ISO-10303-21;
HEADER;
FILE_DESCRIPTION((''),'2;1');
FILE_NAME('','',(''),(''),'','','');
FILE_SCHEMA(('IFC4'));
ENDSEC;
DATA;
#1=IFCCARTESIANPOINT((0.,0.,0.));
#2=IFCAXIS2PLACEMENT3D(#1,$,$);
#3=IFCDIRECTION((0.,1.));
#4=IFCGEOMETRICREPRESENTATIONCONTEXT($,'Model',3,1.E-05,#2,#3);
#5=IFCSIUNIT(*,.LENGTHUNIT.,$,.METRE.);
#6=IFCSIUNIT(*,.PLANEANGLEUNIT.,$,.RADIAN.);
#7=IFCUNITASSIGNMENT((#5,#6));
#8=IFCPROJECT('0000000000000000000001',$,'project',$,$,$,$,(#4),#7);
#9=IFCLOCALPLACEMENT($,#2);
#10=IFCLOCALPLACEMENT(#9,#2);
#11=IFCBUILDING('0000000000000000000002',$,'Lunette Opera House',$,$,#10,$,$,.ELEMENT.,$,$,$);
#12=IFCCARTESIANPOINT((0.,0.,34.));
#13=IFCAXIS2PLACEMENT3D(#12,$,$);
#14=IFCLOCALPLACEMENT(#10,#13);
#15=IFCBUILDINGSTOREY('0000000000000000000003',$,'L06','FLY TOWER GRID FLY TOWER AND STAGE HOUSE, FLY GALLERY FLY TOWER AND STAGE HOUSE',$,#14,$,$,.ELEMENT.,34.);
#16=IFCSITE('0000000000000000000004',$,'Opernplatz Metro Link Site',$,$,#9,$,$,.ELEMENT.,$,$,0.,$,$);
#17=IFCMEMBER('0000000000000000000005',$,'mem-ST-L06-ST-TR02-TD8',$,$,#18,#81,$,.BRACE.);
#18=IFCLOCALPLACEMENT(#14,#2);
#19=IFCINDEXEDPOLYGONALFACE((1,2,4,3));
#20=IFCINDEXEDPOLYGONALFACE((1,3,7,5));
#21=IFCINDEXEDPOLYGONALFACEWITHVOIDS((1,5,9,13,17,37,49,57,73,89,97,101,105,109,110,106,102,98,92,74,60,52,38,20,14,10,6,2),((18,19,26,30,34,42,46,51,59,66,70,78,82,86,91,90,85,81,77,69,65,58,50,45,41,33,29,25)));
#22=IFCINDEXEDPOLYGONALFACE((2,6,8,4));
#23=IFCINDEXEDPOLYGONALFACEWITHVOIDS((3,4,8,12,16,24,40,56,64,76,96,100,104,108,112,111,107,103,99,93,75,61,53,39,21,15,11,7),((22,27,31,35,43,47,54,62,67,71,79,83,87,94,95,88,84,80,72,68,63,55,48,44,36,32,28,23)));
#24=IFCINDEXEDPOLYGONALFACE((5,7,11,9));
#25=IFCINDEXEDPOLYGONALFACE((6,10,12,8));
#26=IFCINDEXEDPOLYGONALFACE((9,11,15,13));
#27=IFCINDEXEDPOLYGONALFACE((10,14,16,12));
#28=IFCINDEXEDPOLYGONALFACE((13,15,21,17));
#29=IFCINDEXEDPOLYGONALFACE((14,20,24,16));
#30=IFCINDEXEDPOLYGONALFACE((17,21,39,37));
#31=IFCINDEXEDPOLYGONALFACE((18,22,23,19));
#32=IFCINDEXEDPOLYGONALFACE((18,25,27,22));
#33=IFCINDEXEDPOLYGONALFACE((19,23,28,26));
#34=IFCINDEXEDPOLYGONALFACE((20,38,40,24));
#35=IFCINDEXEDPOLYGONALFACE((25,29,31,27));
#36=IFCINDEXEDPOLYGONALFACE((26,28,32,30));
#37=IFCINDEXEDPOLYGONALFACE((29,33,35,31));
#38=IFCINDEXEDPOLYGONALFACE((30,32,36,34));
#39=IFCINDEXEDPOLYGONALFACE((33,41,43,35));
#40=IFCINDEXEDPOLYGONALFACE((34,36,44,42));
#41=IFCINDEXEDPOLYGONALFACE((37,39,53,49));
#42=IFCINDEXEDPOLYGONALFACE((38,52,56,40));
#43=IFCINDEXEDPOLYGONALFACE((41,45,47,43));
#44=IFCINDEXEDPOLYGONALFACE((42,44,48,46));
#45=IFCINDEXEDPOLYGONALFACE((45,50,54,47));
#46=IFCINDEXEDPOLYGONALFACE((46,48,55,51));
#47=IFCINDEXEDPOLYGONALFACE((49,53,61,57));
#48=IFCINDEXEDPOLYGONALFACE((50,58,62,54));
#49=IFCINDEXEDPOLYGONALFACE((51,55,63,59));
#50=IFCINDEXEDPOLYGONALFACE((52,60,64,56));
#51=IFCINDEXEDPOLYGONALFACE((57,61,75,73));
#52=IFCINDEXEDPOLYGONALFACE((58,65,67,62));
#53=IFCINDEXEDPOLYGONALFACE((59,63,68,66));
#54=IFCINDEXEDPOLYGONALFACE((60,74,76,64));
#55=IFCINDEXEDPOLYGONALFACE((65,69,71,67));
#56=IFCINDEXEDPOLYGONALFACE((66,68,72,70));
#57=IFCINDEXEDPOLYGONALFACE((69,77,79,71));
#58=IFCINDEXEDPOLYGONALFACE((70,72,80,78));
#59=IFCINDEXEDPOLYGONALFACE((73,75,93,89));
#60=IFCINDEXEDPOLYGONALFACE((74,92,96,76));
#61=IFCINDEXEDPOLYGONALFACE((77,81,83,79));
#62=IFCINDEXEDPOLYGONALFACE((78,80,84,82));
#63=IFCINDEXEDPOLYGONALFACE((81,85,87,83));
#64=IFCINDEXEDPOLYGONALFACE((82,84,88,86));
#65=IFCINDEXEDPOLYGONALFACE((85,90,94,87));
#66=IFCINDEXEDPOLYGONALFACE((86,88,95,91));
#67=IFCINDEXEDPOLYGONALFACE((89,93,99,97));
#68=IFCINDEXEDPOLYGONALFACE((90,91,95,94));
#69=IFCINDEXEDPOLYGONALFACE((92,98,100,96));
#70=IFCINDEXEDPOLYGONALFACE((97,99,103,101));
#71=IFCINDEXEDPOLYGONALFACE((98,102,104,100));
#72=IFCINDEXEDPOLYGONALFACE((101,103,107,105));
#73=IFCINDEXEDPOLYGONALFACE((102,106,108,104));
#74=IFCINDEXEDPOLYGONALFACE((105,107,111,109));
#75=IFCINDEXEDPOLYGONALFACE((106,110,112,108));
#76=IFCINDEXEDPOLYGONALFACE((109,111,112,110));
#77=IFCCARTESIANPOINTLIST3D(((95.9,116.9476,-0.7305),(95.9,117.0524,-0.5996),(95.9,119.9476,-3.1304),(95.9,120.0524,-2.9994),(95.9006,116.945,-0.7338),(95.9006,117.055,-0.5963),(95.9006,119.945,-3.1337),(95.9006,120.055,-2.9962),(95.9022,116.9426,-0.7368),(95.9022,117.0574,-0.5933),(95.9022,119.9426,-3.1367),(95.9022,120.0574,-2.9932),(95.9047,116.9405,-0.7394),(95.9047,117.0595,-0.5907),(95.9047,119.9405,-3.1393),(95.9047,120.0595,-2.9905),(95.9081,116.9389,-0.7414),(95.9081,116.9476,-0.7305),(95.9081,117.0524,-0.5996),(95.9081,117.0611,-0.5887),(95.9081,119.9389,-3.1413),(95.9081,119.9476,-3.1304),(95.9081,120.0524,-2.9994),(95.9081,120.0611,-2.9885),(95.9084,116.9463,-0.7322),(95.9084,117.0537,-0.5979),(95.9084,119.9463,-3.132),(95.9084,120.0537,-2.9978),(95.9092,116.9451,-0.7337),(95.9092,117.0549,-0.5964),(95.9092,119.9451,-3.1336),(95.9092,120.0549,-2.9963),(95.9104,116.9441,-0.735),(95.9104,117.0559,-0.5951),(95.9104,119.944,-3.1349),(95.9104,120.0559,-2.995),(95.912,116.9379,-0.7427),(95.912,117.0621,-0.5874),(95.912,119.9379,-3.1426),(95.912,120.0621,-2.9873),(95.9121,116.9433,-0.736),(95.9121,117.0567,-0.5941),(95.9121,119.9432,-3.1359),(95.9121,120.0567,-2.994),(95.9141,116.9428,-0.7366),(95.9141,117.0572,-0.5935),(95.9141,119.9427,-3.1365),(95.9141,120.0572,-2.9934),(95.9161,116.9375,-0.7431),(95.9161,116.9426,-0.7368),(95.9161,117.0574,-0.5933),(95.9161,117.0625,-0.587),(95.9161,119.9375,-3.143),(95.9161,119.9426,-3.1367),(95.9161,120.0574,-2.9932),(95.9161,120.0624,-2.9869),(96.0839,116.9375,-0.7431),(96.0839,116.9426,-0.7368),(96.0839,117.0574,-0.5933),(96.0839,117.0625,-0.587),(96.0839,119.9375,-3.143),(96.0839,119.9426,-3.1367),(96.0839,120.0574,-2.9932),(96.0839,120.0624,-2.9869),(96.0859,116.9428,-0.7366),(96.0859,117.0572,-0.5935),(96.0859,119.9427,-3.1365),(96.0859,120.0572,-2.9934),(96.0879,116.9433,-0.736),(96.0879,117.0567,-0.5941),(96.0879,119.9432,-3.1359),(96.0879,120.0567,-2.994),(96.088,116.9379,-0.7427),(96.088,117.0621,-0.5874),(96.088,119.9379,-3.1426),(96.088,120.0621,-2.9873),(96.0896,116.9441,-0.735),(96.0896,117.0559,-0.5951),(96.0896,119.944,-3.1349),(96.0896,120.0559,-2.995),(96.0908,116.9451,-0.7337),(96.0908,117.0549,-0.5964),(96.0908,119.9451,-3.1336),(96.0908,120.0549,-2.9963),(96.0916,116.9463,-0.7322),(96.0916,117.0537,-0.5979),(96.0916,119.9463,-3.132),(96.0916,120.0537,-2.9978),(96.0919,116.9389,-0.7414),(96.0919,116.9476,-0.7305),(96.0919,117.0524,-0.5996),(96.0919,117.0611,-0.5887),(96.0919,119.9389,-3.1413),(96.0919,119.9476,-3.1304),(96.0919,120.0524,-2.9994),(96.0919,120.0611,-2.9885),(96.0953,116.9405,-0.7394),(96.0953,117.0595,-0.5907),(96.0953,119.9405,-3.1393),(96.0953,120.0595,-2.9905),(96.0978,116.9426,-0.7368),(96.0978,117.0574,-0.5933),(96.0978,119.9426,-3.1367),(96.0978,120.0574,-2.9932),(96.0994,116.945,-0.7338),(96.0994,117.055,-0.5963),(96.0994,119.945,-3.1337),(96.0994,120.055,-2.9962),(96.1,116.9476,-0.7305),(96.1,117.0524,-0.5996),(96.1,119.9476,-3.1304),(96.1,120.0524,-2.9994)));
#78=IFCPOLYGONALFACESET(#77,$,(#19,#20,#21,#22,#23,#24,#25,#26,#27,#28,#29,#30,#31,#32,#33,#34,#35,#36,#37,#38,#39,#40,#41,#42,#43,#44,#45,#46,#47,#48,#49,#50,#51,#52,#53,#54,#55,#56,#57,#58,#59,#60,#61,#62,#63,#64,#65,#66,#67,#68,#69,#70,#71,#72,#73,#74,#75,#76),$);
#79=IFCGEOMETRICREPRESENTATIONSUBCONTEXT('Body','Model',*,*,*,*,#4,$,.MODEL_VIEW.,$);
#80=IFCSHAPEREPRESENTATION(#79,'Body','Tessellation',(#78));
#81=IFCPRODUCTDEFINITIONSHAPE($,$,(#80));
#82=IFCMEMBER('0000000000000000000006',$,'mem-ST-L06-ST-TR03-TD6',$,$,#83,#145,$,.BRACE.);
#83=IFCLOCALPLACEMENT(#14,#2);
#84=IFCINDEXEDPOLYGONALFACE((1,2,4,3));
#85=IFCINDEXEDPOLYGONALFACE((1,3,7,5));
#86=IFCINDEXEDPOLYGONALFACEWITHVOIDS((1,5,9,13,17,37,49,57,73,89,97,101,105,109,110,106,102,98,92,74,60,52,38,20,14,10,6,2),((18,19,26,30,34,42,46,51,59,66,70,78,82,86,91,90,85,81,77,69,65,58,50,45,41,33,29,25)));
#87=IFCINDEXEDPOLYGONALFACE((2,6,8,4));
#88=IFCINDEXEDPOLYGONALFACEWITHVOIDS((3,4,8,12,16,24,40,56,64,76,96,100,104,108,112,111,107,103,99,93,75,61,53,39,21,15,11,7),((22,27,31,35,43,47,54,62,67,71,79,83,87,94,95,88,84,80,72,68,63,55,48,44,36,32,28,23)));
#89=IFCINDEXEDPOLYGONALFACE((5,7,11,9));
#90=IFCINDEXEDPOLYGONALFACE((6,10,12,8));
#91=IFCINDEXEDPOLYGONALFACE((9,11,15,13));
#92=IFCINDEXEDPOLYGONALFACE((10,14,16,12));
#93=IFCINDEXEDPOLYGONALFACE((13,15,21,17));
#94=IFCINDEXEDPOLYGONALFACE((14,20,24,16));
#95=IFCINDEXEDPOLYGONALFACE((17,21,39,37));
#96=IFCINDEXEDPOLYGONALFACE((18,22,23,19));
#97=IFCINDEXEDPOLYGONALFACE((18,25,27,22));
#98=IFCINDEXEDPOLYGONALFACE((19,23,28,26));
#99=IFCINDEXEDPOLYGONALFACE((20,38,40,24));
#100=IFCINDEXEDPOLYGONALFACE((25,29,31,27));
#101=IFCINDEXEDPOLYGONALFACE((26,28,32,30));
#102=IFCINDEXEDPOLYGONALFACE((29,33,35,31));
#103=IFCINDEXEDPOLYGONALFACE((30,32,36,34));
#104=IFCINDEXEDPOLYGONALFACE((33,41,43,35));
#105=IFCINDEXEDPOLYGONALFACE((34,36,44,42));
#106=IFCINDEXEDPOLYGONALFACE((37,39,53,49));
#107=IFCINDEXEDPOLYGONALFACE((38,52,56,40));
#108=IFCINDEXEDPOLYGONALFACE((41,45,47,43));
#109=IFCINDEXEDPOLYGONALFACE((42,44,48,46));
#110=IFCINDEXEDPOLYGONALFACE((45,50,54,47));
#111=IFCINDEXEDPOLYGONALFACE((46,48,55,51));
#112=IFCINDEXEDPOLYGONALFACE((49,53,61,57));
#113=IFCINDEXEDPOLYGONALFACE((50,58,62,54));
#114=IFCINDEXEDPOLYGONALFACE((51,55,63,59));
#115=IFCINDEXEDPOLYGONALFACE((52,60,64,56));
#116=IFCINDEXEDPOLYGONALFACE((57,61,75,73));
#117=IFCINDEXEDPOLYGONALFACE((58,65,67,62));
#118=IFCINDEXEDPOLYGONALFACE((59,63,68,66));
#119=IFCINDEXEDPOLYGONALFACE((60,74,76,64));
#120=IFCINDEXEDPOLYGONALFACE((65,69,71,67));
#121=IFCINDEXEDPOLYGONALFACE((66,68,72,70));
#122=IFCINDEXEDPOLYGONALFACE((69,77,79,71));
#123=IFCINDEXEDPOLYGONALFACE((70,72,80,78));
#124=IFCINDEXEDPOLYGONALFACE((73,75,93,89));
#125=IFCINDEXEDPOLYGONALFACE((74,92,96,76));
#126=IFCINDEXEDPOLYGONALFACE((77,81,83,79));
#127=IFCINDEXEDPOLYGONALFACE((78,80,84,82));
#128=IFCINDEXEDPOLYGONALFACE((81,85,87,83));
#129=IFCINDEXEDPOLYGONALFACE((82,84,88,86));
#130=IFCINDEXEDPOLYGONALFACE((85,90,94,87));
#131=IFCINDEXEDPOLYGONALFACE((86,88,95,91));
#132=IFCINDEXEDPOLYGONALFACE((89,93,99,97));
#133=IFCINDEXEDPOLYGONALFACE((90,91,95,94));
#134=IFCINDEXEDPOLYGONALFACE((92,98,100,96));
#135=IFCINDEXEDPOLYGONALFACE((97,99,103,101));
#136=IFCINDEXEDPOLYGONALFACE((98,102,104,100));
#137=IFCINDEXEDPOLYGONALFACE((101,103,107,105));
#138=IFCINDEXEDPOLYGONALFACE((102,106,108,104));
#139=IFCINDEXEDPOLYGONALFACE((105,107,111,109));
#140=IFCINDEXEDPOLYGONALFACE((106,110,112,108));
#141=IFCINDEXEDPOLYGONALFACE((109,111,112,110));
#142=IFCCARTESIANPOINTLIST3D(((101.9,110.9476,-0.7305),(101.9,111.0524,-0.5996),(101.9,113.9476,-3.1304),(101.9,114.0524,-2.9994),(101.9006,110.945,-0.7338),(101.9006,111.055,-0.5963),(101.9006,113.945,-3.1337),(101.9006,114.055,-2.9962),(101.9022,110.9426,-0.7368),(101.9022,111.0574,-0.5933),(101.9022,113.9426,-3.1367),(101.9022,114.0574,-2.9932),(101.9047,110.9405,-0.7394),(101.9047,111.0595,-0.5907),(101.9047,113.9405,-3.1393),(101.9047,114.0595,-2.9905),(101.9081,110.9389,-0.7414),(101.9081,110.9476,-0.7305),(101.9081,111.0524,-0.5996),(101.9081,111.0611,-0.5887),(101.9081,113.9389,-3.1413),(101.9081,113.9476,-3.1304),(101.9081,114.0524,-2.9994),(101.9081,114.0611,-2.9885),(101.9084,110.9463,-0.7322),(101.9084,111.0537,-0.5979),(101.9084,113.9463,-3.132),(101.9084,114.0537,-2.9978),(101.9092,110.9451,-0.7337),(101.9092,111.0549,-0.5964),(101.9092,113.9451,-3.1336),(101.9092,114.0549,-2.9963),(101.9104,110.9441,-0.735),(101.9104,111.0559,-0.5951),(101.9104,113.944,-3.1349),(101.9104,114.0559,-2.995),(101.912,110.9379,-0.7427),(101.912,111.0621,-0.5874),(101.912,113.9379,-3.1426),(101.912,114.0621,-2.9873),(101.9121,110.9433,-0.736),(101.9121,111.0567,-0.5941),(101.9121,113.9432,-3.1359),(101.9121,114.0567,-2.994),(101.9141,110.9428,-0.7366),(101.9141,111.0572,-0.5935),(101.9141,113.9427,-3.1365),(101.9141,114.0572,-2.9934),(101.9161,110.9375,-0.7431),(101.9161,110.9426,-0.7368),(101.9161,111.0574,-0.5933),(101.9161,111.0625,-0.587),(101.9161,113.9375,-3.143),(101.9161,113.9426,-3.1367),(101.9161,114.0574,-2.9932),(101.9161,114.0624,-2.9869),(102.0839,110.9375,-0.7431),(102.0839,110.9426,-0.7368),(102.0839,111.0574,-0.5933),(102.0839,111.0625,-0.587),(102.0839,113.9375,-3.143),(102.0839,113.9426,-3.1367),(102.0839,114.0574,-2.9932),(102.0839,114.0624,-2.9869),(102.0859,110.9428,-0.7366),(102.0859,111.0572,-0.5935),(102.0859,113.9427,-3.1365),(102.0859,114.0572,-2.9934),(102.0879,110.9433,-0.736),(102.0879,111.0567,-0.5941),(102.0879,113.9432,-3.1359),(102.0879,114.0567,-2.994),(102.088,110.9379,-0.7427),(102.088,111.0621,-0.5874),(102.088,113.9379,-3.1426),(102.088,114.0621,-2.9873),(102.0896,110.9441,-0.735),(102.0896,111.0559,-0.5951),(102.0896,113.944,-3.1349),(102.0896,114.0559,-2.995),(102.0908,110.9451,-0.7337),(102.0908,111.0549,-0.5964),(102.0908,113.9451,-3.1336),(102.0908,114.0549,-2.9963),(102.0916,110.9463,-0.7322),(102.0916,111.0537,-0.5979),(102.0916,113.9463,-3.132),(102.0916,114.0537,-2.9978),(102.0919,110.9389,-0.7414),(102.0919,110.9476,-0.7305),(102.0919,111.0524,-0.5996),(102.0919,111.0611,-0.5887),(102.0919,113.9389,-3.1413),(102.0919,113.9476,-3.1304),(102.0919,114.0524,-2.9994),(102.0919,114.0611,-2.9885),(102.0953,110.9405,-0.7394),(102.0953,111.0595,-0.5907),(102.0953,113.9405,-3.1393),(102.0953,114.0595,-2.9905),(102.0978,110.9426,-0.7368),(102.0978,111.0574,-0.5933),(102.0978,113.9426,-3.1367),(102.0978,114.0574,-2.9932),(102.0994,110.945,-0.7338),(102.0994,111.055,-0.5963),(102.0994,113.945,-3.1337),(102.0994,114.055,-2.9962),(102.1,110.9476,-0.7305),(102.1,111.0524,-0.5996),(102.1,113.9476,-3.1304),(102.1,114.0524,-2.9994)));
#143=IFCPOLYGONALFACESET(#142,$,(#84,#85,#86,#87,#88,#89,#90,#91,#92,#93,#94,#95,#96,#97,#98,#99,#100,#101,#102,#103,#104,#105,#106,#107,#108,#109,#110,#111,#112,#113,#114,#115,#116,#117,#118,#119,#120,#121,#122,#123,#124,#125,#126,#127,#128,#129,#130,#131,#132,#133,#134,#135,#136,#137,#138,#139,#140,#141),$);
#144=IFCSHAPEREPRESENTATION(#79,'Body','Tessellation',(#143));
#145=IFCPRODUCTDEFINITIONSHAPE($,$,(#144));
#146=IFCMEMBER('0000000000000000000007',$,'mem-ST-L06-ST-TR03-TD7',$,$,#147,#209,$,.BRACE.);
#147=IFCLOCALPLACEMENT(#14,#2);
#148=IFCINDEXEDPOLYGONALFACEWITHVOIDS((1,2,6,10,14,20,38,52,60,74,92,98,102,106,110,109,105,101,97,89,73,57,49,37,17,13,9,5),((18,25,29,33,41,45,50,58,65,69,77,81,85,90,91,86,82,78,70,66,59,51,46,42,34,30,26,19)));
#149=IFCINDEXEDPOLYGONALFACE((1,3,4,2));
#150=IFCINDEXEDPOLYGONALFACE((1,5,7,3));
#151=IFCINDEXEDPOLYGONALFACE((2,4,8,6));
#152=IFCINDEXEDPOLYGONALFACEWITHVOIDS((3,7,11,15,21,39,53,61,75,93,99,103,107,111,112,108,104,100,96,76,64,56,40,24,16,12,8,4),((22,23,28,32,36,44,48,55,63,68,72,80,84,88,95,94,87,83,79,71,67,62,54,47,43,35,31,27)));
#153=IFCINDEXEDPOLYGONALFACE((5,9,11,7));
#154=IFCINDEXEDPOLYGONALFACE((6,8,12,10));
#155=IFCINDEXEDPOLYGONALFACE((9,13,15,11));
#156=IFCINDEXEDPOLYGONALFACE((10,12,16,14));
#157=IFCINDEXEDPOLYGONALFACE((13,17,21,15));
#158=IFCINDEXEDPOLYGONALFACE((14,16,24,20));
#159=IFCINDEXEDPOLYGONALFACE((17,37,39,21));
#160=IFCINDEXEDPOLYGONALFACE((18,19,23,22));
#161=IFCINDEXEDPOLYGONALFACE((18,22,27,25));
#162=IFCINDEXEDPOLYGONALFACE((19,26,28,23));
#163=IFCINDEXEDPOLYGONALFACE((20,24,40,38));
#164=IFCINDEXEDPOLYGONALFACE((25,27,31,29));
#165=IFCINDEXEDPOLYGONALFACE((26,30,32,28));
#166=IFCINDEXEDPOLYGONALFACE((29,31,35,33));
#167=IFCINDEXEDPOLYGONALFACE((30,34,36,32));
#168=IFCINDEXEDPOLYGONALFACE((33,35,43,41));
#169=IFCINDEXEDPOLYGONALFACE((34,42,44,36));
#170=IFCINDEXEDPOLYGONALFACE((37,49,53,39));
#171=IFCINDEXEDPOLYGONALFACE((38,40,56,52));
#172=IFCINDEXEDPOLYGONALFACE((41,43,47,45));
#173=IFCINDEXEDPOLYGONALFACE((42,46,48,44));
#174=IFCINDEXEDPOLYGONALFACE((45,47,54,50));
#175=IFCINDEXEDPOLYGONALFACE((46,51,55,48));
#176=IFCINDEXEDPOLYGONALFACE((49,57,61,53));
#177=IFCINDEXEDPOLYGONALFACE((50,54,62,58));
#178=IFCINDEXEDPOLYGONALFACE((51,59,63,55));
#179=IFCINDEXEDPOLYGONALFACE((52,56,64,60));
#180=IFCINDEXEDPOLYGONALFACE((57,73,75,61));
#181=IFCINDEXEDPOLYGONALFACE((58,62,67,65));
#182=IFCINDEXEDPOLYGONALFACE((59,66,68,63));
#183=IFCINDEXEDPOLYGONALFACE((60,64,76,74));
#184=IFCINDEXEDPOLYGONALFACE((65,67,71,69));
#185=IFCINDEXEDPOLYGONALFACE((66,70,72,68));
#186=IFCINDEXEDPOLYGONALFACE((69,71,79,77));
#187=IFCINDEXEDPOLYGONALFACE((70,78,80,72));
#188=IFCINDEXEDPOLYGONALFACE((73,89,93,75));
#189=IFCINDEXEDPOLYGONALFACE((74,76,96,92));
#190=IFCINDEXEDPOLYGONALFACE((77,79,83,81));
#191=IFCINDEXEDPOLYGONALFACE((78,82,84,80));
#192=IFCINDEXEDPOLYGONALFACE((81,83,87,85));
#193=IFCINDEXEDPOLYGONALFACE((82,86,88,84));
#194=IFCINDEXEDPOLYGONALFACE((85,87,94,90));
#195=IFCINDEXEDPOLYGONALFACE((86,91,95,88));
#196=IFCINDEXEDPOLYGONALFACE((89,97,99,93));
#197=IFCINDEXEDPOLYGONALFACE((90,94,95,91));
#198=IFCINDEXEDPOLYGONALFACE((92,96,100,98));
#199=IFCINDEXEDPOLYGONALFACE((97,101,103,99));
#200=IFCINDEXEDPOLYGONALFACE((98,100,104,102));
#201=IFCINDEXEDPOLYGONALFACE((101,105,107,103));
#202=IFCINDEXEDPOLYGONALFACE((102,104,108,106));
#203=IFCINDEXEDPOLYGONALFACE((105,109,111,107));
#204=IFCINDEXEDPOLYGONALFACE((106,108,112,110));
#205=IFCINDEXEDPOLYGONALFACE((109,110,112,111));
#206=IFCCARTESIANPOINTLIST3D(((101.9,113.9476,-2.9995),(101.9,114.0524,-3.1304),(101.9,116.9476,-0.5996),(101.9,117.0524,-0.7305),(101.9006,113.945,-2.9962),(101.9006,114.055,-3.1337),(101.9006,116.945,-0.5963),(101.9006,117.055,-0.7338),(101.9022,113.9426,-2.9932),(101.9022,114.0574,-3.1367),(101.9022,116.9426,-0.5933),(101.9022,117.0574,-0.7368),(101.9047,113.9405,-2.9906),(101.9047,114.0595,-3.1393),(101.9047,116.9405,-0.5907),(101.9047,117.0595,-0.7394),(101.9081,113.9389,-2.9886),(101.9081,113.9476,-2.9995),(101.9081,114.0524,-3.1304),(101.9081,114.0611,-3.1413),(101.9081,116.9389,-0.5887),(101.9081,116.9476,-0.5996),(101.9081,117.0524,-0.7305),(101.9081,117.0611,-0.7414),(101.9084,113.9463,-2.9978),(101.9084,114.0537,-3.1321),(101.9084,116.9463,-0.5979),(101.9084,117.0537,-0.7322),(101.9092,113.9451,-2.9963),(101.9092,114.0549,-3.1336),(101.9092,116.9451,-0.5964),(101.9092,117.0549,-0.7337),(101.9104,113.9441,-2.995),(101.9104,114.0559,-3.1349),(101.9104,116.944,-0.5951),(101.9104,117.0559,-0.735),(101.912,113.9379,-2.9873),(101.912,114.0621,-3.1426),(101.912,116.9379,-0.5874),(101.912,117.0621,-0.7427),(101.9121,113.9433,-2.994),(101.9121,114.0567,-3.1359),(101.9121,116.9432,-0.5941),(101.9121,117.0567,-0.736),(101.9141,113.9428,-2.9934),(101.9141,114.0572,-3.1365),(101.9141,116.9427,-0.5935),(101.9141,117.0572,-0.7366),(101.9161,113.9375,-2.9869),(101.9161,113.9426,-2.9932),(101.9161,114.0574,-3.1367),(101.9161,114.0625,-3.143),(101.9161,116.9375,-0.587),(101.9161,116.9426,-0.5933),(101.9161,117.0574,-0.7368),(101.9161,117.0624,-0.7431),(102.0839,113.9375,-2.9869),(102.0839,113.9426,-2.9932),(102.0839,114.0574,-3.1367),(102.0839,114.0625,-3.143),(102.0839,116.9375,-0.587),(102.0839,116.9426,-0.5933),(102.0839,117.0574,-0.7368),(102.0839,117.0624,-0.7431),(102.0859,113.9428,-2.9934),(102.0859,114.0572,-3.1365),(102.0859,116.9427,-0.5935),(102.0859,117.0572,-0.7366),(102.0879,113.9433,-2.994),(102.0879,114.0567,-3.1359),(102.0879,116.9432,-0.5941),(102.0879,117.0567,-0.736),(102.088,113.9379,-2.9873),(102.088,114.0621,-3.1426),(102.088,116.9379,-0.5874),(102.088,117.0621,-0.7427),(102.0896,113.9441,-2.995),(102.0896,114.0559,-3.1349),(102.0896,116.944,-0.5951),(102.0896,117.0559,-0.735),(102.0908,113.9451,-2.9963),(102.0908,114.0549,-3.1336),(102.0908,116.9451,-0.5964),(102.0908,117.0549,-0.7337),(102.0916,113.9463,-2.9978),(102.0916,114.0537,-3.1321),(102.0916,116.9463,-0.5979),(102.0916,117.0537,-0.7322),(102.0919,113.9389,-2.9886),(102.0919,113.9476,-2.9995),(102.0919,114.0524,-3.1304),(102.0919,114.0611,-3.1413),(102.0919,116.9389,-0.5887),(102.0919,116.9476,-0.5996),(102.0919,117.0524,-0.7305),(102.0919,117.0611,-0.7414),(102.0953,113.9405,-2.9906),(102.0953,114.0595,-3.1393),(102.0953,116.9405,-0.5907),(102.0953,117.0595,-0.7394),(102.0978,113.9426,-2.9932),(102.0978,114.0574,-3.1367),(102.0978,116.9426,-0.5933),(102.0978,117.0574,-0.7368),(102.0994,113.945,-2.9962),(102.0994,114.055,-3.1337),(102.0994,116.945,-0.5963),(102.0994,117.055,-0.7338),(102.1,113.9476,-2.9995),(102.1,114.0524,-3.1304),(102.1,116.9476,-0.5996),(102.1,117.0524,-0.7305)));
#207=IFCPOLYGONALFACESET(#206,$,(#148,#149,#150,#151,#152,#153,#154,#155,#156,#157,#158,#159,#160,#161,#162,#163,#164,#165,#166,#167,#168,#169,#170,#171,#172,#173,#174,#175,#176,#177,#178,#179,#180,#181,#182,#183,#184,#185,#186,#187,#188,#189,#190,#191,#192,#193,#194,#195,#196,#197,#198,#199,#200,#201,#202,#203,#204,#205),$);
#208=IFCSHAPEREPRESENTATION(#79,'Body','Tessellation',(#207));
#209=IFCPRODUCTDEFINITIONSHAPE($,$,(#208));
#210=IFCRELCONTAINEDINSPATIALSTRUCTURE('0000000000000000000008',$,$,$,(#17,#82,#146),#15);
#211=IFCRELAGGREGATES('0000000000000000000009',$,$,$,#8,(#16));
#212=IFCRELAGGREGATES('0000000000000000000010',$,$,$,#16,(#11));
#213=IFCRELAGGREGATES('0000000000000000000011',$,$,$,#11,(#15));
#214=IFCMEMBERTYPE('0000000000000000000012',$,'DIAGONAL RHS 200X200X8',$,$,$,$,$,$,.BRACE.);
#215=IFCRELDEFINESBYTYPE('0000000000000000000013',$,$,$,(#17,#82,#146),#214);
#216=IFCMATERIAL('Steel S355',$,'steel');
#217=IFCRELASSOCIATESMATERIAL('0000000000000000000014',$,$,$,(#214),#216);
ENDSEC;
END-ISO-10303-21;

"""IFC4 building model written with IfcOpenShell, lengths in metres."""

from ifc_helpers import new_model, si_unit, direction, frame, origin, origin_2d, place, context, subcontext, project, spatial, hollow_rectangle, extrude, material, material_profile, profile_set, type_object, element, save


model = new_model("IFC4")

# Units and contexts
model_context = context("Model", 3, precision=1e-05, world=origin(), true_north=direction((0.0, 1.0)))
body_context = subcontext(model_context, "Body", "Model", "MODEL_VIEW")
ifc_project = project(units=[si_unit("LENGTHUNIT", "METRE"), si_unit("PLANEANGLEUNIT", "RADIAN")], contexts=[model_context])

# Site, building, storey
site_placement = place(None, origin())
site = spatial("IfcSite", under=ifc_project, at=site_placement, Name="Opernplatz Metro Link Site", CompositionType="ELEMENT", RefElevation=0.0)
building_placement = place(site_placement, origin())
building = spatial("IfcBuilding", under=site, at=building_placement, Name="Lunette Opera House", CompositionType="ELEMENT")
storey_placement = place(building_placement, frame((0.0, 0.0, 34.0)))
storey = spatial("IfcBuildingStorey", under=building, at=storey_placement, Name="L06", Description="FLY TOWER GRID FLY TOWER AND STAGE HOUSE, FLY GALLERY FLY TOWER AND STAGE HOUSE", CompositionType="ELEMENT", Elevation=34.0)

# Members
ifc_material_1 = material(Name="Steel S355", Category="steel")
ifc_material_profile_1 = material_profile(ifc_material_1, hollow_rectangle(XDim=0.2, YDim=0.2, WallThickness=0.0081, InnerFilletRadius=0.0081, OuterFilletRadius=0.0161, at=origin_2d()), Name="RHS 200X200X8")
ifc_profile_set_1 = profile_set([ifc_material_profile_1], Name="Steel S355")
member_type_1 = type_object("IfcMemberType", Name="DIAGONAL RHS 200X200X8", PredefinedType="BRACE", material=ifc_profile_set_1)
for number, where, z_axis, x_axis, name in (
    (1, (96.0, 117.0, -0.665), (0.0, 0.780881, -0.62468), (-1.0, 0.0, 0.0), "mem-ST-L06-ST-TR02-TD8"),
    (2, (102.0, 111.0, -0.665), (0.0, 0.780881, -0.62468), (-1.0, 0.0, 0.0), "mem-ST-L06-ST-TR03-TD6"),
    (3, (102.0, 114.0, -3.0649), (0.0, 0.780881, 0.62468), (-1.0, 0.0, 0.0), "mem-ST-L06-ST-TR03-TD7"),
):
    element("IfcMember", number, at=place(storey_placement, frame(where, z_axis=z_axis, x_axis=x_axis)), inside=storey, type_object=member_type_1, Name=name, PredefinedType="BRACE", context=body_context, shape_type="SweptSolid", body=[
        extrude(hollow_rectangle(XDim=0.2, YDim=0.2, WallThickness=0.0081, InnerFilletRadius=0.0081, OuterFilletRadius=0.0161, at=origin_2d()), origin(), (0.0, 0.0, 1.0), 3.8418),
    ])

save(model, "model.ifc")
